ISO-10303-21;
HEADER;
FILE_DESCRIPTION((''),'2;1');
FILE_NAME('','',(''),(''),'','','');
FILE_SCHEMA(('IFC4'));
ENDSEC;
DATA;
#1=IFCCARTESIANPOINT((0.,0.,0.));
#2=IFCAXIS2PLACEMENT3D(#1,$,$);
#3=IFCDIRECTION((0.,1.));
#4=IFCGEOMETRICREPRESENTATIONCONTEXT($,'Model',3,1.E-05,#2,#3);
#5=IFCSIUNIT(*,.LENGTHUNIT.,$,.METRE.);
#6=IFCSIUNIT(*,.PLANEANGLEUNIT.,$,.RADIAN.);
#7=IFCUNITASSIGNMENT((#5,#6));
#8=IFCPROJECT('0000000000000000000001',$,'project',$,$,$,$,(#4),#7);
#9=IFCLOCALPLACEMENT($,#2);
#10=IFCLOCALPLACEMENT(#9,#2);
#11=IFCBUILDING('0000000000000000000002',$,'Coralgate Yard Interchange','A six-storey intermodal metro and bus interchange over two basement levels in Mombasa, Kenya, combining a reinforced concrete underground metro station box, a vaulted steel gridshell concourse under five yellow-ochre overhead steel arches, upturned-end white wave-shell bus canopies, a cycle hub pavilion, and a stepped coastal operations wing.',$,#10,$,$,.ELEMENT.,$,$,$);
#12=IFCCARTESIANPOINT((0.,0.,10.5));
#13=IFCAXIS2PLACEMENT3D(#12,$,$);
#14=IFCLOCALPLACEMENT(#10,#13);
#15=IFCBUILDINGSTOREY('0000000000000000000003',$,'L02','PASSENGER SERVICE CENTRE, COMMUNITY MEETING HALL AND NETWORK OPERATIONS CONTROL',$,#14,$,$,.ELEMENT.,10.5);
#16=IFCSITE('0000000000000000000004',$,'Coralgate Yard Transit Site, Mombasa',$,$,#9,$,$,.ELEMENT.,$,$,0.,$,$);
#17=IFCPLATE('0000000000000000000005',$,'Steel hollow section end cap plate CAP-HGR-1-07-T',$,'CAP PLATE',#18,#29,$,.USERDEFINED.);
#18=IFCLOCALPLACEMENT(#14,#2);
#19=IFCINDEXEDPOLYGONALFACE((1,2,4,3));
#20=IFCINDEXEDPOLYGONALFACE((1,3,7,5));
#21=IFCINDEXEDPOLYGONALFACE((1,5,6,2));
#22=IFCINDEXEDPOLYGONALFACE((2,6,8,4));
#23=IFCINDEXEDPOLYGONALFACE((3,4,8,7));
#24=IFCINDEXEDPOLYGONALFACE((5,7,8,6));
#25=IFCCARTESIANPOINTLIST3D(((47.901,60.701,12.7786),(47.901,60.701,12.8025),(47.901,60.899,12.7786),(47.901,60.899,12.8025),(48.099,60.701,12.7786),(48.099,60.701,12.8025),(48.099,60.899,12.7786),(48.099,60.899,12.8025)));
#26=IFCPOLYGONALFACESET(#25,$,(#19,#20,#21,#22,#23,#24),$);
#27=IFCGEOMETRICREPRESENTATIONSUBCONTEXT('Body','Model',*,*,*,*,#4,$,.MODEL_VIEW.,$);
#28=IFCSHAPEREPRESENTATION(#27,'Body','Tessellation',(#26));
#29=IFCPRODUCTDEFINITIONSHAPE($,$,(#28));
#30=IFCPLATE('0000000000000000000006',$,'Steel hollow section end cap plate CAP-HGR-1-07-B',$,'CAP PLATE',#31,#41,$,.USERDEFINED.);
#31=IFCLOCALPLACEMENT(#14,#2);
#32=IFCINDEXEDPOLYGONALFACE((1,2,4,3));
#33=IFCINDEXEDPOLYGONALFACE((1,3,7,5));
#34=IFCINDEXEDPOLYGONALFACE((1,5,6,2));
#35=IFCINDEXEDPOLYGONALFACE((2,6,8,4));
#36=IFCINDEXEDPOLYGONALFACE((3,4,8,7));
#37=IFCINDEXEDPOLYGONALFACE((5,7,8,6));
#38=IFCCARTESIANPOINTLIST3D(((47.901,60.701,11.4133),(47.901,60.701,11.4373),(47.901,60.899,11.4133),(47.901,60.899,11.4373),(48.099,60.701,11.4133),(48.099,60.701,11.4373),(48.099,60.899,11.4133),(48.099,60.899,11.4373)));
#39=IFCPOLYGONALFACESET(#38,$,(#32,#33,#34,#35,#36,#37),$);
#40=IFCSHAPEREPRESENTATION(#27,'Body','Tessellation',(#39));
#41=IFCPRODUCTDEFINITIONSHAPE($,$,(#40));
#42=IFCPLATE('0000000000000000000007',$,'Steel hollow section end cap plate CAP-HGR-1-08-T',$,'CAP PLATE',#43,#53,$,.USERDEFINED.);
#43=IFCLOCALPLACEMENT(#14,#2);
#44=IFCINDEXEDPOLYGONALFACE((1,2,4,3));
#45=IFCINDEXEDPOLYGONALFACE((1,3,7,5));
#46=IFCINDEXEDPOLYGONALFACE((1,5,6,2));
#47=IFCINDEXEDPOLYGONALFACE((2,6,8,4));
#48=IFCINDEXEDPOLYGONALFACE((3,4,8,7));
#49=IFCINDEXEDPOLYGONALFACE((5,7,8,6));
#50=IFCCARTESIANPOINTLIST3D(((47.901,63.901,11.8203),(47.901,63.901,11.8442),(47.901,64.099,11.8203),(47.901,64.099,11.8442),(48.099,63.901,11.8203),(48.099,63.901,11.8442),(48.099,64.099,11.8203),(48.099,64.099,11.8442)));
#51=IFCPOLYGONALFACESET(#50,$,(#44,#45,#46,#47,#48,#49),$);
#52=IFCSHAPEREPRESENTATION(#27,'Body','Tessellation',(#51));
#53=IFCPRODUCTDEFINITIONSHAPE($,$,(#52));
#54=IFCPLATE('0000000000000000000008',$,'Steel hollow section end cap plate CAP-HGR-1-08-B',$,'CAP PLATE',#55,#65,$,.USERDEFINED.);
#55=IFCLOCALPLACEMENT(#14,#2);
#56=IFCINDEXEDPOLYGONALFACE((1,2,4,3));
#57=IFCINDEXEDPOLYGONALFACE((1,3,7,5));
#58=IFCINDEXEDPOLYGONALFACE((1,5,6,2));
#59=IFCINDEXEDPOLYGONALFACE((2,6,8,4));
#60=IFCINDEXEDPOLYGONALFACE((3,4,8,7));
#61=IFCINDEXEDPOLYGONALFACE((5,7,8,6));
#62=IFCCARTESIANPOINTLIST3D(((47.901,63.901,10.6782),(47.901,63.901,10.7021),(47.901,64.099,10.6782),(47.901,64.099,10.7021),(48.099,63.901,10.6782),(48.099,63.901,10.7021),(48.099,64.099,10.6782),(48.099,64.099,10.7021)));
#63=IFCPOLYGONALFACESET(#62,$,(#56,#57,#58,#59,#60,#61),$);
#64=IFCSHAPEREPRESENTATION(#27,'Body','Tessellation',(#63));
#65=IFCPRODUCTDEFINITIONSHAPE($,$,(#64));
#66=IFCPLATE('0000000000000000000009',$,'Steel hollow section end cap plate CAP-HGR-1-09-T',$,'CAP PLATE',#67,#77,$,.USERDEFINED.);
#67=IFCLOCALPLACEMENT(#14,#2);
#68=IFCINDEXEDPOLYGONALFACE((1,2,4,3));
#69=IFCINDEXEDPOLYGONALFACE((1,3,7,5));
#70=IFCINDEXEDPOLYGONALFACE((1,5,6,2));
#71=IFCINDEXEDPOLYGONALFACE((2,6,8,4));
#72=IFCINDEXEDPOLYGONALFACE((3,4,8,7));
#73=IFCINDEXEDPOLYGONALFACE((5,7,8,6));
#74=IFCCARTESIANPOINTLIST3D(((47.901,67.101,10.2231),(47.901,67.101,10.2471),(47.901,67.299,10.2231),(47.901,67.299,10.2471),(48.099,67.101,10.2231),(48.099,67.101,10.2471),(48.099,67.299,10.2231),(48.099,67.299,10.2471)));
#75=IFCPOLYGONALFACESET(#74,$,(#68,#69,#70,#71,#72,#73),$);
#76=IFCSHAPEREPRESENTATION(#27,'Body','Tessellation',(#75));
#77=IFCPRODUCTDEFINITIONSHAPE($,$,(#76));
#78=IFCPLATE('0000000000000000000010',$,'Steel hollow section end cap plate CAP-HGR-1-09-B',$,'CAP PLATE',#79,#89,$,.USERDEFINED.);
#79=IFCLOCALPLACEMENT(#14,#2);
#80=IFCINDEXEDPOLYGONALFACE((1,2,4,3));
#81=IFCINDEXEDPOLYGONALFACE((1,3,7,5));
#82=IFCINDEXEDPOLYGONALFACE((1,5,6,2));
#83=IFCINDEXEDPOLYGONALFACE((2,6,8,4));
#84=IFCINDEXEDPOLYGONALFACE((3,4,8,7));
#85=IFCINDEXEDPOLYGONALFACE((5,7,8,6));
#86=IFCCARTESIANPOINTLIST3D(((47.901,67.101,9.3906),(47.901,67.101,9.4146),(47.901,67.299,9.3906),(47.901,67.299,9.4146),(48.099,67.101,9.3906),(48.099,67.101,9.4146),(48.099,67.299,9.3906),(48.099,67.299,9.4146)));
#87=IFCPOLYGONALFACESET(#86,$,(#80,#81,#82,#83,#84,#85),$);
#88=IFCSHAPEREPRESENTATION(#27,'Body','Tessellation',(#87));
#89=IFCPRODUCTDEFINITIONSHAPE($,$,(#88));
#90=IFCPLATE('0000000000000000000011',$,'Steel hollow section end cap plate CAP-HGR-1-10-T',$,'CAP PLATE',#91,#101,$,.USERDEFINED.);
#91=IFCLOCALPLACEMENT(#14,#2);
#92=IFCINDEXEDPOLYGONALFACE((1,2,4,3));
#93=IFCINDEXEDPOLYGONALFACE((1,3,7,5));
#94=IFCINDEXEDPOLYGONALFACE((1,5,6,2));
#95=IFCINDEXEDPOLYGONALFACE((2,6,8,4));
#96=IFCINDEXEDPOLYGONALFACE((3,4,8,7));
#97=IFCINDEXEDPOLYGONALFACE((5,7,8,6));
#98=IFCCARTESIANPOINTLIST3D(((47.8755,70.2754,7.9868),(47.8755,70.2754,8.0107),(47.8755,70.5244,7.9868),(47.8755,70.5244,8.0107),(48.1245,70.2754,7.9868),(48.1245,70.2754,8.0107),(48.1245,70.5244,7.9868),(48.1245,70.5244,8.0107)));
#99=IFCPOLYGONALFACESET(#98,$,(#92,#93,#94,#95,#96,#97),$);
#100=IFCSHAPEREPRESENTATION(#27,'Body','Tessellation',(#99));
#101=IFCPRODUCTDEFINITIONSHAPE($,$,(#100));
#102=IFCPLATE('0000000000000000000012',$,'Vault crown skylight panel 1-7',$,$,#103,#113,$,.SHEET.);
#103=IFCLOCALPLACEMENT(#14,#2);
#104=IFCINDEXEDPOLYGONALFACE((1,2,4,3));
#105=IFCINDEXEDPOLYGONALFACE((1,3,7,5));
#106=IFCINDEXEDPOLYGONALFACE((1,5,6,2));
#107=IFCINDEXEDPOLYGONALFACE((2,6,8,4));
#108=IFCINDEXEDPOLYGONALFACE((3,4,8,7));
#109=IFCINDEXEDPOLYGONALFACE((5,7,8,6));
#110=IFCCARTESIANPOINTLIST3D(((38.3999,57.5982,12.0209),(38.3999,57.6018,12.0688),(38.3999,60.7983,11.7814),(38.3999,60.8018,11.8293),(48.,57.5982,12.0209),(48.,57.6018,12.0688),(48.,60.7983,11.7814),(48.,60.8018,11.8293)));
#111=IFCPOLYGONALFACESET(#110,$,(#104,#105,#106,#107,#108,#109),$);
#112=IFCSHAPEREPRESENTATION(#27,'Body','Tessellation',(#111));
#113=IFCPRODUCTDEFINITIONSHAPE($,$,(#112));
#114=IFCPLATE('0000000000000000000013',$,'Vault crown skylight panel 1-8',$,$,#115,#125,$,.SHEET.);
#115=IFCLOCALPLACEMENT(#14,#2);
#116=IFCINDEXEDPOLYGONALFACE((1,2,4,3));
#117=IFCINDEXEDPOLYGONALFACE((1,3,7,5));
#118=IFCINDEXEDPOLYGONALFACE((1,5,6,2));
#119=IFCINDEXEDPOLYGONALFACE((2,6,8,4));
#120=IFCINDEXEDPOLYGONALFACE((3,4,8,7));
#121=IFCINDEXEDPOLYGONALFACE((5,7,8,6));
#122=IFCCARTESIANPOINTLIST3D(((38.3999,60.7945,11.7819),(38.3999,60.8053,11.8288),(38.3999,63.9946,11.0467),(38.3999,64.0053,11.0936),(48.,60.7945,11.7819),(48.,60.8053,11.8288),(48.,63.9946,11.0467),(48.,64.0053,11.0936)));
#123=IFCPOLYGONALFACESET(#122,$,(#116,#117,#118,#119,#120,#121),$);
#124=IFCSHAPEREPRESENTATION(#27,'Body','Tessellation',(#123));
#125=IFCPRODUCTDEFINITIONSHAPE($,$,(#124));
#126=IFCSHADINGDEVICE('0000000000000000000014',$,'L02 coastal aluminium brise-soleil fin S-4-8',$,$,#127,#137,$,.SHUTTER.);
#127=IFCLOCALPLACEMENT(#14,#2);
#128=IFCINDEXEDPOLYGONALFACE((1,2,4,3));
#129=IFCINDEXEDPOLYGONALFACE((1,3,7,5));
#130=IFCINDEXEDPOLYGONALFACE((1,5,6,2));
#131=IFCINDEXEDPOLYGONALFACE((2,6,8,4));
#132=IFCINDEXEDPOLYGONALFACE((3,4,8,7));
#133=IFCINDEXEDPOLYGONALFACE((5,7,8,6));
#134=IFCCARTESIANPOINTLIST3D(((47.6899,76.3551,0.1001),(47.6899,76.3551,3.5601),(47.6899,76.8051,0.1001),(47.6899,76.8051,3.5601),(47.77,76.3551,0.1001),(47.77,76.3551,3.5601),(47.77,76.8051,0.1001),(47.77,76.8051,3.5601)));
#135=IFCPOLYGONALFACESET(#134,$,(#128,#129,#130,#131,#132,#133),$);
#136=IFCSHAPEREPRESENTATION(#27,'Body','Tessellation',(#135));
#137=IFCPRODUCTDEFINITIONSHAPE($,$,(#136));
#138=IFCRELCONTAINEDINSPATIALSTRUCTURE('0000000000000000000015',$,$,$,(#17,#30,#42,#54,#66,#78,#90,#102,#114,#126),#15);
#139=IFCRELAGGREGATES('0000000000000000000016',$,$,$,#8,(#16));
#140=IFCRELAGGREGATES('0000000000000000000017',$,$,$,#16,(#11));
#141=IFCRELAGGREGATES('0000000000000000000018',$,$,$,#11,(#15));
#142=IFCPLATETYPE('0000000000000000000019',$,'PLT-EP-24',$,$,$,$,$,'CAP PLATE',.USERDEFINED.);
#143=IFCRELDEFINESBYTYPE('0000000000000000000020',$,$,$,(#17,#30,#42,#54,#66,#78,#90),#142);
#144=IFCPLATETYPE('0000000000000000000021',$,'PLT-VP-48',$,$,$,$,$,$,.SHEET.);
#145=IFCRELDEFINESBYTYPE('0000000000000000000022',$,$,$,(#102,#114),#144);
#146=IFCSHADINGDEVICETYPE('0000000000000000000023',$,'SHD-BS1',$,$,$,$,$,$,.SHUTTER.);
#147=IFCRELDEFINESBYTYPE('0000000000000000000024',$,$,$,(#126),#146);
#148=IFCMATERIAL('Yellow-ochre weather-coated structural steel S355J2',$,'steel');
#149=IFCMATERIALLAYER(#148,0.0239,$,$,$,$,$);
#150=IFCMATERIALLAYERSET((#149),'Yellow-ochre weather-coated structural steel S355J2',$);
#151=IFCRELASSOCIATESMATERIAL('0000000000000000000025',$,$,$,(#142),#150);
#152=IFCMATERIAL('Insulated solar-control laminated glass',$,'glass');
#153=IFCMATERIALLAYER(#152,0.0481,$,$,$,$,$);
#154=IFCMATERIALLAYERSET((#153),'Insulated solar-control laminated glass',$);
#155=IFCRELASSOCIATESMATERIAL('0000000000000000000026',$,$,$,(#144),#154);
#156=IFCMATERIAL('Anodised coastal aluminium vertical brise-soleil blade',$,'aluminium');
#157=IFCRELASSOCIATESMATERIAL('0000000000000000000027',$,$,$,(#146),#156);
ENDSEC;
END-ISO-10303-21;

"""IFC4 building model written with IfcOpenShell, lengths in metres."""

from ifc_helpers import new_model, si_unit, direction, frame, origin, origin_2d, place, context, subcontext, project, spatial, rectangle, extrude, material, layer, layer_set, type_object, element, save


model = new_model("IFC4")

# Units and contexts
model_context = context("Model", 3, precision=1e-05, world=origin(), true_north=direction((0.0, 1.0)))
body_context = subcontext(model_context, "Body", "Model", "MODEL_VIEW")
ifc_project = project(units=[si_unit("LENGTHUNIT", "METRE"), si_unit("PLANEANGLEUNIT", "RADIAN")], contexts=[model_context])

# Site, building, storey
site_placement = place(None, origin())
site = spatial("IfcSite", under=ifc_project, at=site_placement, Name="Coralgate Yard Transit Site, Mombasa", CompositionType="ELEMENT", RefElevation=0.0)
building_placement = place(site_placement, origin())
building = spatial("IfcBuilding", under=site, at=building_placement, Name="Coralgate Yard Interchange", Description="A six-storey intermodal metro and bus interchange over two basement levels in Mombasa, Kenya, combining a reinforced concrete underground metro station box, a vaulted steel gridshell concourse under five yellow-ochre overhead steel arches, upturned-end white wave-shell bus canopies, a cycle hub pavilion, and a stepped coastal operations wing.", CompositionType="ELEMENT")
storey_placement = place(building_placement, frame((0.0, 0.0, 10.5)))
storey = spatial("IfcBuildingStorey", under=building, at=storey_placement, Name="L02", Description="PASSENGER SERVICE CENTRE, COMMUNITY MEETING HALL AND NETWORK OPERATIONS CONTROL", CompositionType="ELEMENT", Elevation=10.5)

# Shared definitions
ifc_material_1 = material(Name="Yellow-ochre weather-coated structural steel S355J2", Category="steel")

# Plates
ifc_layer_1 = layer(ifc_material_1, 0.0239)
ifc_layer_set_1 = layer_set([ifc_layer_1], Name="Yellow-ochre weather-coated structural steel S355J2")
plate_type_1 = type_object("IfcPlateType", Name="PLT-EP-24", ElementType="CAP PLATE", PredefinedType="USERDEFINED", material=ifc_layer_set_1)
for number, where, z_axis, x_axis, name in (
    (1, (48.0, 60.8, 12.7786), (0.0, 0.0, 1.0), (1.0, 0.0, 0.0), "Steel hollow section end cap plate CAP-HGR-1-07-T"),
    (2, (48.0, 60.8, 11.4373), (0.0, 0.0, -1.0), (1.0, 0.0, 0.0), "Steel hollow section end cap plate CAP-HGR-1-07-B"),
    (3, (48.0, 64.0, 11.8203), (0.0, 0.0, 1.0), (1.0, 0.0, 0.0), "Steel hollow section end cap plate CAP-HGR-1-08-T"),
    (4, (48.0, 64.0, 10.7021), (0.0, 0.0, -1.0), (1.0, 0.0, 0.0), "Steel hollow section end cap plate CAP-HGR-1-08-B"),
    (5, (48.0, 67.2, 10.2231), (0.0, 0.0, 1.0), (1.0, 0.0, 0.0), "Steel hollow section end cap plate CAP-HGR-1-09-T"),
    (6, (48.0, 67.2, 9.4146), (0.0, 0.0, -1.0), (1.0, 0.0, 0.0), "Steel hollow section end cap plate CAP-HGR-1-09-B"),
):
    element("IfcPlate", number, at=place(storey_placement, frame(where, z_axis=z_axis, x_axis=x_axis)), inside=storey, type_object=plate_type_1, Name=name, ObjectType="CAP PLATE", PredefinedType="USERDEFINED", context=body_context, shape_type="SweptSolid", body=[
        extrude(rectangle(XDim=0.198, YDim=0.198, at=origin_2d()), origin(), (0.0, 0.0, 1.0), 0.0239),
    ])
plate_1_placement = place(storey_placement, frame((48.0, 70.3999, 7.9868), z_axis=(0.0, 0.0, 1.0), x_axis=(1.0, 0.0, 0.0)))
element("IfcPlate", 7, at=plate_1_placement, inside=storey, type_object=plate_type_1, Name="Steel hollow section end cap plate CAP-HGR-1-10-T", ObjectType="CAP PLATE", PredefinedType="USERDEFINED", context=body_context, shape_type="SweptSolid", body=[
    extrude(rectangle(XDim=0.249, YDim=0.249, at=origin_2d()), origin(), (0.0, 0.0, 1.0), 0.0239),
])
ifc_material_2 = material(Name="Insulated solar-control laminated glass", Category="glass")
ifc_layer_2 = layer(ifc_material_2, 0.0481)
ifc_layer_set_2 = layer_set([ifc_layer_2], Name="Insulated solar-control laminated glass")
plate_type_2 = type_object("IfcPlateType", Name="PLT-VP-48", PredefinedType="SHEET", material=ifc_layer_set_2)
plate_2_placement = place(storey_placement, frame((43.2, 59.1982, 11.9011), z_axis=(0.0, 0.074635, 0.997211), x_axis=(1.0, 0.0, 0.0)))
element("IfcPlate", 8, at=plate_2_placement, inside=storey, type_object=plate_type_2, Name="Vault crown skylight panel 1-7", PredefinedType="SHEET", context=body_context, shape_type="SweptSolid", body=[
    extrude(rectangle(XDim=9.6001, YDim=3.209, at=origin_2d()), origin(), (0.0, 0.0, 1.0), 0.0481),
])
plate_3_placement = place(storey_placement, frame((43.2, 62.3945, 11.4143), z_axis=(0.0, 0.223916, 0.974608), x_axis=(1.0, 0.0, 0.0)))
element("IfcPlate", 9, at=plate_3_placement, inside=storey, type_object=plate_type_2, Name="Vault crown skylight panel 1-8", PredefinedType="SHEET", context=body_context, shape_type="SweptSolid", body=[
    extrude(rectangle(XDim=9.6001, YDim=3.2834, at=origin_2d()), origin(), (0.0, 0.0, 1.0), 0.0481),
])

# Shading device
ifc_material_3 = material(Name="Anodised coastal aluminium vertical brise-soleil blade", Category="aluminium")
shading_device_type = type_object("IfcShadingDeviceType", Name="SHD-BS1", PredefinedType="SHUTTER", material=ifc_material_3)
shading_device_placement = place(storey_placement, frame((47.73, 76.5801, 0.1001), z_axis=(0.0, 0.0, 1.0), x_axis=(-1.0, 0.0, 0.0)))
element("IfcShadingDevice", 10, at=shading_device_placement, inside=storey, type_object=shading_device_type, Name="L02 coastal aluminium brise-soleil fin S-4-8", PredefinedType="SHUTTER", context=body_context, shape_type="SweptSolid", body=[
    extrude(rectangle(XDim=0.0801, YDim=0.45, at=origin_2d()), origin(), (0.0, 0.0, 1.0), 3.46),
])

save(model, "model.ifc")
